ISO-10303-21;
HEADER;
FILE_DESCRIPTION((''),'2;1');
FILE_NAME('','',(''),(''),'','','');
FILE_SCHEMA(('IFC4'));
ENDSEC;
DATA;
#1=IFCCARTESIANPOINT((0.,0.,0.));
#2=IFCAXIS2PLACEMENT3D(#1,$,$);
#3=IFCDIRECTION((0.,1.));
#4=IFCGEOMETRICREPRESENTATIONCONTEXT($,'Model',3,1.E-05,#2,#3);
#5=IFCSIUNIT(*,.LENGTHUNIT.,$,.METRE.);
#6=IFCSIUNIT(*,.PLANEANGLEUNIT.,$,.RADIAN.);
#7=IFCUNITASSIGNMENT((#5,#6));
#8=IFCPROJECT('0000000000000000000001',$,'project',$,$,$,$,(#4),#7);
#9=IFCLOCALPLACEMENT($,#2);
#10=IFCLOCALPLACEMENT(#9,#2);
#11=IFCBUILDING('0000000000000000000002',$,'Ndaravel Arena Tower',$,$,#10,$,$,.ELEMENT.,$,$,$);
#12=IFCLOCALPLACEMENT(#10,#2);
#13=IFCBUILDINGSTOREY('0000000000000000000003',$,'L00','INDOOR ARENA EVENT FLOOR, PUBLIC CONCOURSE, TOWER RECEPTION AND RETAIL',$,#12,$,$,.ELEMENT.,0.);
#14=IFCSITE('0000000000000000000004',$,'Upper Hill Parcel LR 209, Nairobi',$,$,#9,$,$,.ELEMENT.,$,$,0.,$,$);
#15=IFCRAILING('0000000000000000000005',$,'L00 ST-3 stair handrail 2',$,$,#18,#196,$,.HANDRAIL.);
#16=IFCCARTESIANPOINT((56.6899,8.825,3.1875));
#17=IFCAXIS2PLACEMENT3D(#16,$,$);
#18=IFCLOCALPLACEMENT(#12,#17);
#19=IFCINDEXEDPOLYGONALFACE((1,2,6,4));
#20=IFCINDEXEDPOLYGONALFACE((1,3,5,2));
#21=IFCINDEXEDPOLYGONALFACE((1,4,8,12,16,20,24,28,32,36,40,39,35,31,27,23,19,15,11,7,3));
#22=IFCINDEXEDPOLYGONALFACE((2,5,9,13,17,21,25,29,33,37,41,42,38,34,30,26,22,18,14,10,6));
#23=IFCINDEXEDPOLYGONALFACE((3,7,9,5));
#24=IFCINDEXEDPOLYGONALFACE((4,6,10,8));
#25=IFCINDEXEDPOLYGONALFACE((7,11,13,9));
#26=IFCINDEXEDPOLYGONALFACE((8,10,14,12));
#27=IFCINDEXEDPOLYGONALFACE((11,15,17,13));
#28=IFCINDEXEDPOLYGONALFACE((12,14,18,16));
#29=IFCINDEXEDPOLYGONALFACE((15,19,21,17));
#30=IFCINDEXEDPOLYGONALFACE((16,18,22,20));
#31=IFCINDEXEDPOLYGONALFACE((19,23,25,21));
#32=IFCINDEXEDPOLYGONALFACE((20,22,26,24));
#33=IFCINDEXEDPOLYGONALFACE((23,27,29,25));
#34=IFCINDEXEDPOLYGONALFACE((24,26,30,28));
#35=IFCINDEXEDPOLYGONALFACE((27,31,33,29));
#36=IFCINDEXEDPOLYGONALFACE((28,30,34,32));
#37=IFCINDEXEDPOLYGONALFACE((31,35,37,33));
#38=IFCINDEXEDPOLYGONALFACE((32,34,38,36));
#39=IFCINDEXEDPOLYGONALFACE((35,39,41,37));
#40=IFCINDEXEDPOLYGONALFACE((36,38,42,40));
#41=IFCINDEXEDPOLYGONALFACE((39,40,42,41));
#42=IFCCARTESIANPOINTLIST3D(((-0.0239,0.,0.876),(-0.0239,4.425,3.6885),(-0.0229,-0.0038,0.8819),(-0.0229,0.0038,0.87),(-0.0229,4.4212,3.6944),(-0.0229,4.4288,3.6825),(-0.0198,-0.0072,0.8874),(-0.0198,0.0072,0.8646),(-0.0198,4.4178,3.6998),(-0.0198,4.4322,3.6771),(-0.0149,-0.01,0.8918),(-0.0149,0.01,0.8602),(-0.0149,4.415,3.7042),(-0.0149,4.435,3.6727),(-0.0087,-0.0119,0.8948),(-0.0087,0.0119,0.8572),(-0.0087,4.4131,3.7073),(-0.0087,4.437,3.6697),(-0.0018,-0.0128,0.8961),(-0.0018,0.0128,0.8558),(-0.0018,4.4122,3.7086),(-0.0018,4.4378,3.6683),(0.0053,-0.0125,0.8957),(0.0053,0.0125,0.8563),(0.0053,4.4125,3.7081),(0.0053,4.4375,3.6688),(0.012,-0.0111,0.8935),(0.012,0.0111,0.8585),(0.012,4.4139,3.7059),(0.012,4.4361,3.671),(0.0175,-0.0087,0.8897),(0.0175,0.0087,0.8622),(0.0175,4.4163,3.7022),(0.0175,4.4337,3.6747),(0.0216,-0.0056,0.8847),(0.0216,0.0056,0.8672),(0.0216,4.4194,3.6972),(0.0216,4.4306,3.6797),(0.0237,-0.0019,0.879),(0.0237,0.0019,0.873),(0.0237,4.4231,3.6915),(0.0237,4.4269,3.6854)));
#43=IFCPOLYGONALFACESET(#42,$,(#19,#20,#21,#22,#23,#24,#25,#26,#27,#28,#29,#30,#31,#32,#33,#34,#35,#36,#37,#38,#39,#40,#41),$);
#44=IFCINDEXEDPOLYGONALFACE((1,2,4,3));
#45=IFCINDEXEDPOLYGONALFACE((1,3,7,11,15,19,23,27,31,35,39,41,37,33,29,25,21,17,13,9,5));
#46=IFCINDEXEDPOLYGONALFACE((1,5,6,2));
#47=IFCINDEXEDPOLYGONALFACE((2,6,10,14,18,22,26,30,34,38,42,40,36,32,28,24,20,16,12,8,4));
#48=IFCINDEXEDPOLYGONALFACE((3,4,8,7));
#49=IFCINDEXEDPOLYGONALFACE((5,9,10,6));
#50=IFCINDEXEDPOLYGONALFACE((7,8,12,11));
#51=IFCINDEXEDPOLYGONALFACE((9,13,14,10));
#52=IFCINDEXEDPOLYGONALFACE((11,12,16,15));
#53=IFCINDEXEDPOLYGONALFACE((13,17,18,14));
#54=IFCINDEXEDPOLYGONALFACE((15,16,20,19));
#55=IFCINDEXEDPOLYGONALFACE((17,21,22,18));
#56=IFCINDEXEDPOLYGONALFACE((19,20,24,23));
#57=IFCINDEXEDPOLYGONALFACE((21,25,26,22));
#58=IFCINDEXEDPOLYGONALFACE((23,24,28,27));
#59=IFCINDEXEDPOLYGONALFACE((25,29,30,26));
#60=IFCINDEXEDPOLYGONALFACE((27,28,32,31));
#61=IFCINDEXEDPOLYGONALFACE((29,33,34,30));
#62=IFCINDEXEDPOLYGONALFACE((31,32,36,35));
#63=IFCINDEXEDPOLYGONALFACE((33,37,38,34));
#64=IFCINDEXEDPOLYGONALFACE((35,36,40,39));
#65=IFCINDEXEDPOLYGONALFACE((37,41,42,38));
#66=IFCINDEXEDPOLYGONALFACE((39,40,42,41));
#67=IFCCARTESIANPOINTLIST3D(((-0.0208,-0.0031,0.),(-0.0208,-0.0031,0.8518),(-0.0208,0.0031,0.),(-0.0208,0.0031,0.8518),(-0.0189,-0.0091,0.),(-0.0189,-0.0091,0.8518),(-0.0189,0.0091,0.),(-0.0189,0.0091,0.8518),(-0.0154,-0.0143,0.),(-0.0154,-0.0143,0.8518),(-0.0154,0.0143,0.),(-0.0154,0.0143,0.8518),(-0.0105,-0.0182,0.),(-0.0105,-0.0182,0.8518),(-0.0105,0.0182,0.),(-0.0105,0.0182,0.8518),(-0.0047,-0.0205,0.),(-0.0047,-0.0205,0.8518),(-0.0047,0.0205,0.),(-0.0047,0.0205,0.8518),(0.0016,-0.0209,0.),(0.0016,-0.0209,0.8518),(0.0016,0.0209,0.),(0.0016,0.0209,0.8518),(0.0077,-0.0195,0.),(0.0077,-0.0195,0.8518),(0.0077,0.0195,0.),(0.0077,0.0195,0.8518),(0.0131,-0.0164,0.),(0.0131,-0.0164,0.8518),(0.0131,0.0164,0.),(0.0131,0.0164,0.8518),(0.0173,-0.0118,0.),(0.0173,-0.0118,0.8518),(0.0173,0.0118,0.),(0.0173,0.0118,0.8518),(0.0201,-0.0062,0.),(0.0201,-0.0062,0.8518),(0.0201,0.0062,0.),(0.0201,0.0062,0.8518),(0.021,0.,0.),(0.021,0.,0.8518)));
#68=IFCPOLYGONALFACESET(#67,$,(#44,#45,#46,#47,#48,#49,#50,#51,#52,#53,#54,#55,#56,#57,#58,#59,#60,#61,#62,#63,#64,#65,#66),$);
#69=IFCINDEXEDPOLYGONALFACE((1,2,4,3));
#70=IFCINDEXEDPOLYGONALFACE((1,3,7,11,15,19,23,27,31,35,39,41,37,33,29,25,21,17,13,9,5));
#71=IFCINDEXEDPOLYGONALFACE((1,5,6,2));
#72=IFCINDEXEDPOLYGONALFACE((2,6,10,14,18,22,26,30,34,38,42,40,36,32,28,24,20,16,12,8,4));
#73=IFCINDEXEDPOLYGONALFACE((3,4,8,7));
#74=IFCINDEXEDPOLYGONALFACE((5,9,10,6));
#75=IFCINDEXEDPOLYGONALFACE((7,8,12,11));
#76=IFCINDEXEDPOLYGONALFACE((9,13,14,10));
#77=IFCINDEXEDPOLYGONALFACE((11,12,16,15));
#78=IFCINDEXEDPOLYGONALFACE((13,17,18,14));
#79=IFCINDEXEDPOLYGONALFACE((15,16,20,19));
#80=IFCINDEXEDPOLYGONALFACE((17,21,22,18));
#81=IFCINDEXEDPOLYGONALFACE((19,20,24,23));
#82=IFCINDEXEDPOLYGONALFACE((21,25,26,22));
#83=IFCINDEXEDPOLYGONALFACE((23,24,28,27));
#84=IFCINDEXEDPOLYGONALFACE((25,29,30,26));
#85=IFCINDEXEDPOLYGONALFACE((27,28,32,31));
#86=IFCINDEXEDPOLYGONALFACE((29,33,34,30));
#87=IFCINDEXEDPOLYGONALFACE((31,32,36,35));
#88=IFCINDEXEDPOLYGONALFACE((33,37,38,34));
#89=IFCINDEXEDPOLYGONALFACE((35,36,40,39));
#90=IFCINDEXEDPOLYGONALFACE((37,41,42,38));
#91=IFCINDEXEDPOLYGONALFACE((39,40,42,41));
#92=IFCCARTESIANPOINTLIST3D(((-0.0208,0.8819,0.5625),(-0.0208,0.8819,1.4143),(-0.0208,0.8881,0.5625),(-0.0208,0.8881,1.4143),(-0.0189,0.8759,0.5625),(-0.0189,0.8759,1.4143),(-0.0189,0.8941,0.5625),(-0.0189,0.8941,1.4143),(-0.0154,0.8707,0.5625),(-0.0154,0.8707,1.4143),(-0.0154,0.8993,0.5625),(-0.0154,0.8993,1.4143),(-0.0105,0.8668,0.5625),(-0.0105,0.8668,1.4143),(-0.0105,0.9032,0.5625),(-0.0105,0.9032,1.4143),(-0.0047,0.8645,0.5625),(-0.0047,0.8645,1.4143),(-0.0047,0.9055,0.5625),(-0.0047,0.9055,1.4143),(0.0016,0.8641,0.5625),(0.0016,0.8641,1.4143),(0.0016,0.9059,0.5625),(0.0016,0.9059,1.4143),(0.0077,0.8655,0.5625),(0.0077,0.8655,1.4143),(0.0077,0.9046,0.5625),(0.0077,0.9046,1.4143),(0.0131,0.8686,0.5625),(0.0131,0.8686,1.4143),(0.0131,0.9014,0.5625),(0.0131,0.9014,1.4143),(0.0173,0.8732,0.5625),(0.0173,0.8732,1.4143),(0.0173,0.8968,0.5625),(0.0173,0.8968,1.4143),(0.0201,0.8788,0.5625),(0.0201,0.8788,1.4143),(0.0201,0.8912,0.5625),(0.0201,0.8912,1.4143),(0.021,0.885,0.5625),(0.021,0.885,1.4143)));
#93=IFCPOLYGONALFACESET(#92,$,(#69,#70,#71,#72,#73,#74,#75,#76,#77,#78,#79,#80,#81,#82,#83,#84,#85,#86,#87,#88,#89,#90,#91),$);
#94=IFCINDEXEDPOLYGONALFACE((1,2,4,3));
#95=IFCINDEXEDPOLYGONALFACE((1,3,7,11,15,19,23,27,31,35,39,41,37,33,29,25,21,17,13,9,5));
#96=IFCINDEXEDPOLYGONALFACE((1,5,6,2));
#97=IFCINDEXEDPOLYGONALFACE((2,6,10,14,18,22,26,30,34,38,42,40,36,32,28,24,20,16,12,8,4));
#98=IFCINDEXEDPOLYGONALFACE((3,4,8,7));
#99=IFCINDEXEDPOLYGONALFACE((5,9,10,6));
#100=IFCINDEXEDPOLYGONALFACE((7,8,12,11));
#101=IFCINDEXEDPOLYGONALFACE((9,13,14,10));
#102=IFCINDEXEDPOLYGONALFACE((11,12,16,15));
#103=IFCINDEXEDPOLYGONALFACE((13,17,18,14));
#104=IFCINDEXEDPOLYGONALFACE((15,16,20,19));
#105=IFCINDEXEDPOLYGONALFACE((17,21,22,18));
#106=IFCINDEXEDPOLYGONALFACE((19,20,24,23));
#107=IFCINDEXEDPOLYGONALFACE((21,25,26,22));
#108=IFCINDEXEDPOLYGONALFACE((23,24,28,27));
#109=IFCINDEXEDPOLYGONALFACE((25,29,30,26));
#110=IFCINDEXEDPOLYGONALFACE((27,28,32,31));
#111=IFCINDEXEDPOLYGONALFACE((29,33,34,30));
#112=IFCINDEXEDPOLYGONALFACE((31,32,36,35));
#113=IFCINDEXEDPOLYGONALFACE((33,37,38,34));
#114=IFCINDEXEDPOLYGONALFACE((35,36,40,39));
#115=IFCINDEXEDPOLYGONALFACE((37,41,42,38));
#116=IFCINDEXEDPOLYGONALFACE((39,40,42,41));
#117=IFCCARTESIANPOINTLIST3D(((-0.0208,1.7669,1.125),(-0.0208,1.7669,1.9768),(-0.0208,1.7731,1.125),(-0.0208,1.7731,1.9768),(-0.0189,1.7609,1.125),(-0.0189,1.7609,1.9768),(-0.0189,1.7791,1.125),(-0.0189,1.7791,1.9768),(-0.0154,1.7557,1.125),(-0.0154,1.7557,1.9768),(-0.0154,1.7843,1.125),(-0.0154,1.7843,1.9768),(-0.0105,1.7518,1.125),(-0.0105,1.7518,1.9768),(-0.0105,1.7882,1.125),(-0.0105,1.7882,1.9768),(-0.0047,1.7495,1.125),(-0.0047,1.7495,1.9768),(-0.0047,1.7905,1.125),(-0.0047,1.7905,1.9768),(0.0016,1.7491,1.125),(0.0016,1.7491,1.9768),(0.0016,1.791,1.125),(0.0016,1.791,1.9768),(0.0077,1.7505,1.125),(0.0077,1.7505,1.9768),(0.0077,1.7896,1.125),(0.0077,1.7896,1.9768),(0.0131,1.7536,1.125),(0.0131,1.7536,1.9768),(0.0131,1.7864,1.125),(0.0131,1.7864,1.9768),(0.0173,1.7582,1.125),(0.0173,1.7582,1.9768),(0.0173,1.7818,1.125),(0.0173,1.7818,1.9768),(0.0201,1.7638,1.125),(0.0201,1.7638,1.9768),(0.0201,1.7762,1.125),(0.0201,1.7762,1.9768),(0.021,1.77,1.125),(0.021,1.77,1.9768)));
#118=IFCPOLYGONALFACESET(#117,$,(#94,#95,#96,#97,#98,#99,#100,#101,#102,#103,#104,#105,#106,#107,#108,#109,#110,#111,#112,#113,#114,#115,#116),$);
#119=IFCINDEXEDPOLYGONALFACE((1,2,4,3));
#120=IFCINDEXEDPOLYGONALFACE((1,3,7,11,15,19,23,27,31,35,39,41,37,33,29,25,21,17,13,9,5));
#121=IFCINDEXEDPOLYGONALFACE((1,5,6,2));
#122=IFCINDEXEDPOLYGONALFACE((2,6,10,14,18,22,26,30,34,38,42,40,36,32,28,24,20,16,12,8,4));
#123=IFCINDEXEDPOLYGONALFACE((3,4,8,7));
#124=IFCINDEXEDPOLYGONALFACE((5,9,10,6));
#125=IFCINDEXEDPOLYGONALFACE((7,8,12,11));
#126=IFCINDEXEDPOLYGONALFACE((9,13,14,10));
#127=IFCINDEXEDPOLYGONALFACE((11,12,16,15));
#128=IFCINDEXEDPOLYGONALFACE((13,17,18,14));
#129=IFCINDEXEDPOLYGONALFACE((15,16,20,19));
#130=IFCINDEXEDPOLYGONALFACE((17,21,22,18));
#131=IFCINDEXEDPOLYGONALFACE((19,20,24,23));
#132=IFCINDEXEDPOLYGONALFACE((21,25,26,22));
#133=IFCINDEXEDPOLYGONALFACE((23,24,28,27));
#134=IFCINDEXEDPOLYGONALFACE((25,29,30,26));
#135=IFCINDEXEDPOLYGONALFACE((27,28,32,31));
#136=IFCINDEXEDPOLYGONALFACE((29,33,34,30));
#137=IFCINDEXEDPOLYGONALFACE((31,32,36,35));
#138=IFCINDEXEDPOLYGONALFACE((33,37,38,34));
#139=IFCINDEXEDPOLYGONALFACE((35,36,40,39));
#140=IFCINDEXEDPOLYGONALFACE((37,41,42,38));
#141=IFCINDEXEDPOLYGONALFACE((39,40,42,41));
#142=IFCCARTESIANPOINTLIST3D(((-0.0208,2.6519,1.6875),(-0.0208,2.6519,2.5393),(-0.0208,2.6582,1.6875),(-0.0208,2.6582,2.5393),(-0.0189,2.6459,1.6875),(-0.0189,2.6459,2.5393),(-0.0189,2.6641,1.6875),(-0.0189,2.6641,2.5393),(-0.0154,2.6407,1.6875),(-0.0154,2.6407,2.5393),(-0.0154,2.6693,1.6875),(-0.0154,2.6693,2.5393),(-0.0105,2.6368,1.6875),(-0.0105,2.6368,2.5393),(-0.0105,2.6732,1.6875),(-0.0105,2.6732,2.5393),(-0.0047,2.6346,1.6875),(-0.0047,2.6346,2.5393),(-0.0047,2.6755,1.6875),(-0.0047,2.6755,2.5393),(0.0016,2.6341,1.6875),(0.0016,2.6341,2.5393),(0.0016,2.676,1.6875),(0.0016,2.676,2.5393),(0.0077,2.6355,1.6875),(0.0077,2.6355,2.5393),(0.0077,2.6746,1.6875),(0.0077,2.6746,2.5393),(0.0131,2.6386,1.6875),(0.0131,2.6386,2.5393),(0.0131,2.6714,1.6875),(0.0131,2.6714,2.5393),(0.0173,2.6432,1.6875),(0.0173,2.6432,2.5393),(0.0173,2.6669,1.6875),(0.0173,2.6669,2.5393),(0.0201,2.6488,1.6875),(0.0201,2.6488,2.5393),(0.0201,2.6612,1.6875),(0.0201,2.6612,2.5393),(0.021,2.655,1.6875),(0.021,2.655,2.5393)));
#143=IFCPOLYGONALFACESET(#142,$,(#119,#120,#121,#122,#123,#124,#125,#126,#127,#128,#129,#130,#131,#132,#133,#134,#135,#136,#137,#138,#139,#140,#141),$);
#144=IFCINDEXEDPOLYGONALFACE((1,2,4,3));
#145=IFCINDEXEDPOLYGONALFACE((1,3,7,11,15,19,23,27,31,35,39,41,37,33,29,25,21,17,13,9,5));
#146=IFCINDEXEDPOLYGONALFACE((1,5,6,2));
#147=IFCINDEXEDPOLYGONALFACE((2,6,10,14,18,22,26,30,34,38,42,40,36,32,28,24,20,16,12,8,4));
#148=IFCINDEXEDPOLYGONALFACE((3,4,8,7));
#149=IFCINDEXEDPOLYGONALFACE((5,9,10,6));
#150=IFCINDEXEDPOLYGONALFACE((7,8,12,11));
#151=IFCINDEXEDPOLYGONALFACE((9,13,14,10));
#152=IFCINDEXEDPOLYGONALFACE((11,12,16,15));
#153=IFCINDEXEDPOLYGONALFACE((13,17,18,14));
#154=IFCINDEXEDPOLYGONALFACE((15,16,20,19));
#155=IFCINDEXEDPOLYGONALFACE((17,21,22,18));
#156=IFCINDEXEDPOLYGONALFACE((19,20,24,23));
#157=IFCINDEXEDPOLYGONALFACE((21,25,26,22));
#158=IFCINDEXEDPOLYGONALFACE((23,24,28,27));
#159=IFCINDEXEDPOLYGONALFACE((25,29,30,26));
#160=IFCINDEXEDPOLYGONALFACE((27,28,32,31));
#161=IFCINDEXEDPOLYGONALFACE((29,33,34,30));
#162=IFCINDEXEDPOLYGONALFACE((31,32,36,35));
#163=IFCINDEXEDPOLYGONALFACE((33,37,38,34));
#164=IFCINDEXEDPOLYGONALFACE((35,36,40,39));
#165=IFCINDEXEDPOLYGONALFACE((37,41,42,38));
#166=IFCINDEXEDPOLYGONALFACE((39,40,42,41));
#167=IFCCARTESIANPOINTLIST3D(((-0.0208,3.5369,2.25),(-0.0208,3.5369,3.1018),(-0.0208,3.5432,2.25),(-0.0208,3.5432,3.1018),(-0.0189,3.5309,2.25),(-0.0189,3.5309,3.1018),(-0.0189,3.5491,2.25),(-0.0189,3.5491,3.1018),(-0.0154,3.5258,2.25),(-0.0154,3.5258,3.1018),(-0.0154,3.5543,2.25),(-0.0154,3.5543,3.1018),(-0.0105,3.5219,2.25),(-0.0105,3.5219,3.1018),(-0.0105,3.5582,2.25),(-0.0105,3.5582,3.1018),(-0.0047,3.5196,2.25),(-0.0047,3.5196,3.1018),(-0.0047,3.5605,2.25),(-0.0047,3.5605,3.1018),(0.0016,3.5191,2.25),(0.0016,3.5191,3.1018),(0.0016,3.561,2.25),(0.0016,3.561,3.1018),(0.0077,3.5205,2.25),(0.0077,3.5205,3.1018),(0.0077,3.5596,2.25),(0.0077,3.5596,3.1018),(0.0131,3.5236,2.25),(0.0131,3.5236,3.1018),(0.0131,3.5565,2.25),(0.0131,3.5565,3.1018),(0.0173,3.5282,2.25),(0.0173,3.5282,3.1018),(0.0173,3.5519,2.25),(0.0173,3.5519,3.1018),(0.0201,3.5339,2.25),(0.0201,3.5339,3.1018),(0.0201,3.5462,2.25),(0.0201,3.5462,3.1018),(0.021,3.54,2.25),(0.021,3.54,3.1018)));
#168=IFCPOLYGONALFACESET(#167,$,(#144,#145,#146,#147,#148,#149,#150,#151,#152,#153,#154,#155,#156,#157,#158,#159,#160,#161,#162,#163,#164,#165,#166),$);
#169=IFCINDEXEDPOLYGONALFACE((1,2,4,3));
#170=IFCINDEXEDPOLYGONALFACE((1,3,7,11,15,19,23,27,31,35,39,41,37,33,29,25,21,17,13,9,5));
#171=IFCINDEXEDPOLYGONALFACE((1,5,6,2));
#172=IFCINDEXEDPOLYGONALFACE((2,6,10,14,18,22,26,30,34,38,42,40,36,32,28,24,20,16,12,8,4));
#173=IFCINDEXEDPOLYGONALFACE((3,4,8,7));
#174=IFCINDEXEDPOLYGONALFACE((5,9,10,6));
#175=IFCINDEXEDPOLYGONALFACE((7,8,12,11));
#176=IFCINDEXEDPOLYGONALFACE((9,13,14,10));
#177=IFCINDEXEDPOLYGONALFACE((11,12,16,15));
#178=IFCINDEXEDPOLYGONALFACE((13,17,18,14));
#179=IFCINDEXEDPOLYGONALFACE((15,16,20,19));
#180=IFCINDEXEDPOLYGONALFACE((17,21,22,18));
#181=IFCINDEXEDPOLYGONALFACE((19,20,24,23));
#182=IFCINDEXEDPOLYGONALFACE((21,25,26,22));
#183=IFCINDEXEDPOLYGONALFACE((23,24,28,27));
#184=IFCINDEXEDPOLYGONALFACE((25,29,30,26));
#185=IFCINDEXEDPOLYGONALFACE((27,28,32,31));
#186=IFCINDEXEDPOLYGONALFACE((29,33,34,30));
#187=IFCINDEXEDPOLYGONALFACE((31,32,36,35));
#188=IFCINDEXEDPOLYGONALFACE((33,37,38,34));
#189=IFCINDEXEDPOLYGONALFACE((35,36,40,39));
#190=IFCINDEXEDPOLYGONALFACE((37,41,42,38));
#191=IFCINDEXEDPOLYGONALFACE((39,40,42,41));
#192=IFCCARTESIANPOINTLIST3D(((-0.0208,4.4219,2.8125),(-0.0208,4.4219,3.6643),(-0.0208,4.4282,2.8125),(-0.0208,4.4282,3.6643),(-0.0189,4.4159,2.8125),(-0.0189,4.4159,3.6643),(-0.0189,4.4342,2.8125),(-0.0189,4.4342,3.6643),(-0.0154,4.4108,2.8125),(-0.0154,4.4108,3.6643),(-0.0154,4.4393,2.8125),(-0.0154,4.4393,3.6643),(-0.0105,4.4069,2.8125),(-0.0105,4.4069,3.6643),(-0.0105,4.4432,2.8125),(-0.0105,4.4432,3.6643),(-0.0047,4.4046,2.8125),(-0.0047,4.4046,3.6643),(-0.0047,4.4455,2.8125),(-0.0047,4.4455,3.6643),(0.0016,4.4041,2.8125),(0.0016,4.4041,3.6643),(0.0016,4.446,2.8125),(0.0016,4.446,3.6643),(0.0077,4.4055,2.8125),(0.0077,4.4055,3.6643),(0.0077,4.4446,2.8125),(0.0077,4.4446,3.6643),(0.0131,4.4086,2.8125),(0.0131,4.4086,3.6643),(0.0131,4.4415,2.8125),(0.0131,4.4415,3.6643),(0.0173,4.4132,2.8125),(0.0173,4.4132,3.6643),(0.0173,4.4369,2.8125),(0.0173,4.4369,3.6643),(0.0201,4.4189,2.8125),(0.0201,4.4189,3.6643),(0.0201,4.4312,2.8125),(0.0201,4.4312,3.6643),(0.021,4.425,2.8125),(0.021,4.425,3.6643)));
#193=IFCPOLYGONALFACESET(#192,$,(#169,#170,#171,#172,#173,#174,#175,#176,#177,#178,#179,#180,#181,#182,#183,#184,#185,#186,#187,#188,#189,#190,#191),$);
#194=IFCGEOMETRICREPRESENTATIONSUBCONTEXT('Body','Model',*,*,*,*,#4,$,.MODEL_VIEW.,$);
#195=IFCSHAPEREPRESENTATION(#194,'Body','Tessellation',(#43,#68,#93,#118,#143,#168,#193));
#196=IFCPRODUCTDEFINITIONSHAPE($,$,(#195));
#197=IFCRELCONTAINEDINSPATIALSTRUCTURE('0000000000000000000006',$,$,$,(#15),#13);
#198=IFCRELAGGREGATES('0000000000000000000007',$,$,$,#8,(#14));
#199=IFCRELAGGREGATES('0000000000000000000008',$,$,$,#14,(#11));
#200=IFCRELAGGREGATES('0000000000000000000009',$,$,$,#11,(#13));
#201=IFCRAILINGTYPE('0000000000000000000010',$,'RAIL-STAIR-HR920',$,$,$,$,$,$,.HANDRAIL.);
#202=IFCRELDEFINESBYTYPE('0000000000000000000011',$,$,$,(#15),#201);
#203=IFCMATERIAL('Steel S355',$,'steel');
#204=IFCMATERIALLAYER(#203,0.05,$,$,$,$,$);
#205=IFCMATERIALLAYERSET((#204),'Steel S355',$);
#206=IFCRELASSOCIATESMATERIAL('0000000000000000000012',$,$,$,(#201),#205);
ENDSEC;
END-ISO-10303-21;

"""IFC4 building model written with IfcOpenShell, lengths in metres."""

from ifc_helpers import new_model, si_unit, direction, frame, origin, origin_2d, place, context, subcontext, project, spatial, circle, extrude, material, layer, layer_set, type_object, element, save


model = new_model("IFC4")

# Units and contexts
model_context = context("Model", 3, precision=1e-05, world=origin(), true_north=direction((0.0, 1.0)))
body_context = subcontext(model_context, "Body", "Model", "MODEL_VIEW")
ifc_project = project(units=[si_unit("LENGTHUNIT", "METRE"), si_unit("PLANEANGLEUNIT", "RADIAN")], contexts=[model_context])

# Site, building, storey
site_placement = place(None, origin())
site = spatial("IfcSite", under=ifc_project, at=site_placement, Name="Upper Hill Parcel LR 209, Nairobi", CompositionType="ELEMENT", RefElevation=0.0)
building_placement = place(site_placement, origin())
building = spatial("IfcBuilding", under=site, at=building_placement, Name="Ndaravel Arena Tower", CompositionType="ELEMENT")
storey_placement = place(building_placement, origin())
storey = spatial("IfcBuildingStorey", under=building, at=storey_placement, Name="L00", Description="INDOOR ARENA EVENT FLOOR, PUBLIC CONCOURSE, TOWER RECEPTION AND RETAIL", CompositionType="ELEMENT", Elevation=0.0)

# Railing
ifc_material_1 = material(Name="Steel S355", Category="steel")
ifc_layer_1 = layer(ifc_material_1, 0.05)
ifc_layer_set_1 = layer_set([ifc_layer_1], Name="Steel S355")
railing_type_1 = type_object("IfcRailingType", Name="RAIL-STAIR-HR920", PredefinedType="HANDRAIL", material=ifc_layer_set_1)
railing_1_placement = place(storey_placement, frame((56.6899, 8.825, 3.1875)))
element("IfcRailing", 1, at=railing_1_placement, inside=storey, type_object=railing_type_1, Name="L00 ST-3 stair handrail 2", PredefinedType="HANDRAIL", context=body_context, shape_type="SweptSolid", body=[
    extrude(circle(Radius=0.0239, at=origin_2d()), frame((0.0, 0.0, 0.876), z_axis=(0.0, 0.843959, 0.536408), x_axis=(-1.0, 0.0, 0.0)), (0.0, 0.0, 1.0), 5.2432),
    extrude(circle(Radius=0.021, at=origin_2d()), origin(), (0.0, 0.0, 1.0), 0.8518),
    extrude(circle(Radius=0.021, at=origin_2d()), frame((0.0, 0.885, 0.5625)), (0.0, 0.0, 1.0), 0.8518),
    extrude(circle(Radius=0.021, at=origin_2d()), frame((0.0, 1.77, 1.125)), (0.0, 0.0, 1.0), 0.8518),
    extrude(circle(Radius=0.021, at=origin_2d()), frame((0.0, 2.655, 1.6875)), (0.0, 0.0, 1.0), 0.8518),
    extrude(circle(Radius=0.021, at=origin_2d()), frame((0.0, 3.54, 2.25)), (0.0, 0.0, 1.0), 0.8518),
    extrude(circle(Radius=0.021, at=origin_2d()), frame((0.0, 4.425, 2.8125)), (0.0, 0.0, 1.0), 0.8518),
])

save(model, "model.ifc")
